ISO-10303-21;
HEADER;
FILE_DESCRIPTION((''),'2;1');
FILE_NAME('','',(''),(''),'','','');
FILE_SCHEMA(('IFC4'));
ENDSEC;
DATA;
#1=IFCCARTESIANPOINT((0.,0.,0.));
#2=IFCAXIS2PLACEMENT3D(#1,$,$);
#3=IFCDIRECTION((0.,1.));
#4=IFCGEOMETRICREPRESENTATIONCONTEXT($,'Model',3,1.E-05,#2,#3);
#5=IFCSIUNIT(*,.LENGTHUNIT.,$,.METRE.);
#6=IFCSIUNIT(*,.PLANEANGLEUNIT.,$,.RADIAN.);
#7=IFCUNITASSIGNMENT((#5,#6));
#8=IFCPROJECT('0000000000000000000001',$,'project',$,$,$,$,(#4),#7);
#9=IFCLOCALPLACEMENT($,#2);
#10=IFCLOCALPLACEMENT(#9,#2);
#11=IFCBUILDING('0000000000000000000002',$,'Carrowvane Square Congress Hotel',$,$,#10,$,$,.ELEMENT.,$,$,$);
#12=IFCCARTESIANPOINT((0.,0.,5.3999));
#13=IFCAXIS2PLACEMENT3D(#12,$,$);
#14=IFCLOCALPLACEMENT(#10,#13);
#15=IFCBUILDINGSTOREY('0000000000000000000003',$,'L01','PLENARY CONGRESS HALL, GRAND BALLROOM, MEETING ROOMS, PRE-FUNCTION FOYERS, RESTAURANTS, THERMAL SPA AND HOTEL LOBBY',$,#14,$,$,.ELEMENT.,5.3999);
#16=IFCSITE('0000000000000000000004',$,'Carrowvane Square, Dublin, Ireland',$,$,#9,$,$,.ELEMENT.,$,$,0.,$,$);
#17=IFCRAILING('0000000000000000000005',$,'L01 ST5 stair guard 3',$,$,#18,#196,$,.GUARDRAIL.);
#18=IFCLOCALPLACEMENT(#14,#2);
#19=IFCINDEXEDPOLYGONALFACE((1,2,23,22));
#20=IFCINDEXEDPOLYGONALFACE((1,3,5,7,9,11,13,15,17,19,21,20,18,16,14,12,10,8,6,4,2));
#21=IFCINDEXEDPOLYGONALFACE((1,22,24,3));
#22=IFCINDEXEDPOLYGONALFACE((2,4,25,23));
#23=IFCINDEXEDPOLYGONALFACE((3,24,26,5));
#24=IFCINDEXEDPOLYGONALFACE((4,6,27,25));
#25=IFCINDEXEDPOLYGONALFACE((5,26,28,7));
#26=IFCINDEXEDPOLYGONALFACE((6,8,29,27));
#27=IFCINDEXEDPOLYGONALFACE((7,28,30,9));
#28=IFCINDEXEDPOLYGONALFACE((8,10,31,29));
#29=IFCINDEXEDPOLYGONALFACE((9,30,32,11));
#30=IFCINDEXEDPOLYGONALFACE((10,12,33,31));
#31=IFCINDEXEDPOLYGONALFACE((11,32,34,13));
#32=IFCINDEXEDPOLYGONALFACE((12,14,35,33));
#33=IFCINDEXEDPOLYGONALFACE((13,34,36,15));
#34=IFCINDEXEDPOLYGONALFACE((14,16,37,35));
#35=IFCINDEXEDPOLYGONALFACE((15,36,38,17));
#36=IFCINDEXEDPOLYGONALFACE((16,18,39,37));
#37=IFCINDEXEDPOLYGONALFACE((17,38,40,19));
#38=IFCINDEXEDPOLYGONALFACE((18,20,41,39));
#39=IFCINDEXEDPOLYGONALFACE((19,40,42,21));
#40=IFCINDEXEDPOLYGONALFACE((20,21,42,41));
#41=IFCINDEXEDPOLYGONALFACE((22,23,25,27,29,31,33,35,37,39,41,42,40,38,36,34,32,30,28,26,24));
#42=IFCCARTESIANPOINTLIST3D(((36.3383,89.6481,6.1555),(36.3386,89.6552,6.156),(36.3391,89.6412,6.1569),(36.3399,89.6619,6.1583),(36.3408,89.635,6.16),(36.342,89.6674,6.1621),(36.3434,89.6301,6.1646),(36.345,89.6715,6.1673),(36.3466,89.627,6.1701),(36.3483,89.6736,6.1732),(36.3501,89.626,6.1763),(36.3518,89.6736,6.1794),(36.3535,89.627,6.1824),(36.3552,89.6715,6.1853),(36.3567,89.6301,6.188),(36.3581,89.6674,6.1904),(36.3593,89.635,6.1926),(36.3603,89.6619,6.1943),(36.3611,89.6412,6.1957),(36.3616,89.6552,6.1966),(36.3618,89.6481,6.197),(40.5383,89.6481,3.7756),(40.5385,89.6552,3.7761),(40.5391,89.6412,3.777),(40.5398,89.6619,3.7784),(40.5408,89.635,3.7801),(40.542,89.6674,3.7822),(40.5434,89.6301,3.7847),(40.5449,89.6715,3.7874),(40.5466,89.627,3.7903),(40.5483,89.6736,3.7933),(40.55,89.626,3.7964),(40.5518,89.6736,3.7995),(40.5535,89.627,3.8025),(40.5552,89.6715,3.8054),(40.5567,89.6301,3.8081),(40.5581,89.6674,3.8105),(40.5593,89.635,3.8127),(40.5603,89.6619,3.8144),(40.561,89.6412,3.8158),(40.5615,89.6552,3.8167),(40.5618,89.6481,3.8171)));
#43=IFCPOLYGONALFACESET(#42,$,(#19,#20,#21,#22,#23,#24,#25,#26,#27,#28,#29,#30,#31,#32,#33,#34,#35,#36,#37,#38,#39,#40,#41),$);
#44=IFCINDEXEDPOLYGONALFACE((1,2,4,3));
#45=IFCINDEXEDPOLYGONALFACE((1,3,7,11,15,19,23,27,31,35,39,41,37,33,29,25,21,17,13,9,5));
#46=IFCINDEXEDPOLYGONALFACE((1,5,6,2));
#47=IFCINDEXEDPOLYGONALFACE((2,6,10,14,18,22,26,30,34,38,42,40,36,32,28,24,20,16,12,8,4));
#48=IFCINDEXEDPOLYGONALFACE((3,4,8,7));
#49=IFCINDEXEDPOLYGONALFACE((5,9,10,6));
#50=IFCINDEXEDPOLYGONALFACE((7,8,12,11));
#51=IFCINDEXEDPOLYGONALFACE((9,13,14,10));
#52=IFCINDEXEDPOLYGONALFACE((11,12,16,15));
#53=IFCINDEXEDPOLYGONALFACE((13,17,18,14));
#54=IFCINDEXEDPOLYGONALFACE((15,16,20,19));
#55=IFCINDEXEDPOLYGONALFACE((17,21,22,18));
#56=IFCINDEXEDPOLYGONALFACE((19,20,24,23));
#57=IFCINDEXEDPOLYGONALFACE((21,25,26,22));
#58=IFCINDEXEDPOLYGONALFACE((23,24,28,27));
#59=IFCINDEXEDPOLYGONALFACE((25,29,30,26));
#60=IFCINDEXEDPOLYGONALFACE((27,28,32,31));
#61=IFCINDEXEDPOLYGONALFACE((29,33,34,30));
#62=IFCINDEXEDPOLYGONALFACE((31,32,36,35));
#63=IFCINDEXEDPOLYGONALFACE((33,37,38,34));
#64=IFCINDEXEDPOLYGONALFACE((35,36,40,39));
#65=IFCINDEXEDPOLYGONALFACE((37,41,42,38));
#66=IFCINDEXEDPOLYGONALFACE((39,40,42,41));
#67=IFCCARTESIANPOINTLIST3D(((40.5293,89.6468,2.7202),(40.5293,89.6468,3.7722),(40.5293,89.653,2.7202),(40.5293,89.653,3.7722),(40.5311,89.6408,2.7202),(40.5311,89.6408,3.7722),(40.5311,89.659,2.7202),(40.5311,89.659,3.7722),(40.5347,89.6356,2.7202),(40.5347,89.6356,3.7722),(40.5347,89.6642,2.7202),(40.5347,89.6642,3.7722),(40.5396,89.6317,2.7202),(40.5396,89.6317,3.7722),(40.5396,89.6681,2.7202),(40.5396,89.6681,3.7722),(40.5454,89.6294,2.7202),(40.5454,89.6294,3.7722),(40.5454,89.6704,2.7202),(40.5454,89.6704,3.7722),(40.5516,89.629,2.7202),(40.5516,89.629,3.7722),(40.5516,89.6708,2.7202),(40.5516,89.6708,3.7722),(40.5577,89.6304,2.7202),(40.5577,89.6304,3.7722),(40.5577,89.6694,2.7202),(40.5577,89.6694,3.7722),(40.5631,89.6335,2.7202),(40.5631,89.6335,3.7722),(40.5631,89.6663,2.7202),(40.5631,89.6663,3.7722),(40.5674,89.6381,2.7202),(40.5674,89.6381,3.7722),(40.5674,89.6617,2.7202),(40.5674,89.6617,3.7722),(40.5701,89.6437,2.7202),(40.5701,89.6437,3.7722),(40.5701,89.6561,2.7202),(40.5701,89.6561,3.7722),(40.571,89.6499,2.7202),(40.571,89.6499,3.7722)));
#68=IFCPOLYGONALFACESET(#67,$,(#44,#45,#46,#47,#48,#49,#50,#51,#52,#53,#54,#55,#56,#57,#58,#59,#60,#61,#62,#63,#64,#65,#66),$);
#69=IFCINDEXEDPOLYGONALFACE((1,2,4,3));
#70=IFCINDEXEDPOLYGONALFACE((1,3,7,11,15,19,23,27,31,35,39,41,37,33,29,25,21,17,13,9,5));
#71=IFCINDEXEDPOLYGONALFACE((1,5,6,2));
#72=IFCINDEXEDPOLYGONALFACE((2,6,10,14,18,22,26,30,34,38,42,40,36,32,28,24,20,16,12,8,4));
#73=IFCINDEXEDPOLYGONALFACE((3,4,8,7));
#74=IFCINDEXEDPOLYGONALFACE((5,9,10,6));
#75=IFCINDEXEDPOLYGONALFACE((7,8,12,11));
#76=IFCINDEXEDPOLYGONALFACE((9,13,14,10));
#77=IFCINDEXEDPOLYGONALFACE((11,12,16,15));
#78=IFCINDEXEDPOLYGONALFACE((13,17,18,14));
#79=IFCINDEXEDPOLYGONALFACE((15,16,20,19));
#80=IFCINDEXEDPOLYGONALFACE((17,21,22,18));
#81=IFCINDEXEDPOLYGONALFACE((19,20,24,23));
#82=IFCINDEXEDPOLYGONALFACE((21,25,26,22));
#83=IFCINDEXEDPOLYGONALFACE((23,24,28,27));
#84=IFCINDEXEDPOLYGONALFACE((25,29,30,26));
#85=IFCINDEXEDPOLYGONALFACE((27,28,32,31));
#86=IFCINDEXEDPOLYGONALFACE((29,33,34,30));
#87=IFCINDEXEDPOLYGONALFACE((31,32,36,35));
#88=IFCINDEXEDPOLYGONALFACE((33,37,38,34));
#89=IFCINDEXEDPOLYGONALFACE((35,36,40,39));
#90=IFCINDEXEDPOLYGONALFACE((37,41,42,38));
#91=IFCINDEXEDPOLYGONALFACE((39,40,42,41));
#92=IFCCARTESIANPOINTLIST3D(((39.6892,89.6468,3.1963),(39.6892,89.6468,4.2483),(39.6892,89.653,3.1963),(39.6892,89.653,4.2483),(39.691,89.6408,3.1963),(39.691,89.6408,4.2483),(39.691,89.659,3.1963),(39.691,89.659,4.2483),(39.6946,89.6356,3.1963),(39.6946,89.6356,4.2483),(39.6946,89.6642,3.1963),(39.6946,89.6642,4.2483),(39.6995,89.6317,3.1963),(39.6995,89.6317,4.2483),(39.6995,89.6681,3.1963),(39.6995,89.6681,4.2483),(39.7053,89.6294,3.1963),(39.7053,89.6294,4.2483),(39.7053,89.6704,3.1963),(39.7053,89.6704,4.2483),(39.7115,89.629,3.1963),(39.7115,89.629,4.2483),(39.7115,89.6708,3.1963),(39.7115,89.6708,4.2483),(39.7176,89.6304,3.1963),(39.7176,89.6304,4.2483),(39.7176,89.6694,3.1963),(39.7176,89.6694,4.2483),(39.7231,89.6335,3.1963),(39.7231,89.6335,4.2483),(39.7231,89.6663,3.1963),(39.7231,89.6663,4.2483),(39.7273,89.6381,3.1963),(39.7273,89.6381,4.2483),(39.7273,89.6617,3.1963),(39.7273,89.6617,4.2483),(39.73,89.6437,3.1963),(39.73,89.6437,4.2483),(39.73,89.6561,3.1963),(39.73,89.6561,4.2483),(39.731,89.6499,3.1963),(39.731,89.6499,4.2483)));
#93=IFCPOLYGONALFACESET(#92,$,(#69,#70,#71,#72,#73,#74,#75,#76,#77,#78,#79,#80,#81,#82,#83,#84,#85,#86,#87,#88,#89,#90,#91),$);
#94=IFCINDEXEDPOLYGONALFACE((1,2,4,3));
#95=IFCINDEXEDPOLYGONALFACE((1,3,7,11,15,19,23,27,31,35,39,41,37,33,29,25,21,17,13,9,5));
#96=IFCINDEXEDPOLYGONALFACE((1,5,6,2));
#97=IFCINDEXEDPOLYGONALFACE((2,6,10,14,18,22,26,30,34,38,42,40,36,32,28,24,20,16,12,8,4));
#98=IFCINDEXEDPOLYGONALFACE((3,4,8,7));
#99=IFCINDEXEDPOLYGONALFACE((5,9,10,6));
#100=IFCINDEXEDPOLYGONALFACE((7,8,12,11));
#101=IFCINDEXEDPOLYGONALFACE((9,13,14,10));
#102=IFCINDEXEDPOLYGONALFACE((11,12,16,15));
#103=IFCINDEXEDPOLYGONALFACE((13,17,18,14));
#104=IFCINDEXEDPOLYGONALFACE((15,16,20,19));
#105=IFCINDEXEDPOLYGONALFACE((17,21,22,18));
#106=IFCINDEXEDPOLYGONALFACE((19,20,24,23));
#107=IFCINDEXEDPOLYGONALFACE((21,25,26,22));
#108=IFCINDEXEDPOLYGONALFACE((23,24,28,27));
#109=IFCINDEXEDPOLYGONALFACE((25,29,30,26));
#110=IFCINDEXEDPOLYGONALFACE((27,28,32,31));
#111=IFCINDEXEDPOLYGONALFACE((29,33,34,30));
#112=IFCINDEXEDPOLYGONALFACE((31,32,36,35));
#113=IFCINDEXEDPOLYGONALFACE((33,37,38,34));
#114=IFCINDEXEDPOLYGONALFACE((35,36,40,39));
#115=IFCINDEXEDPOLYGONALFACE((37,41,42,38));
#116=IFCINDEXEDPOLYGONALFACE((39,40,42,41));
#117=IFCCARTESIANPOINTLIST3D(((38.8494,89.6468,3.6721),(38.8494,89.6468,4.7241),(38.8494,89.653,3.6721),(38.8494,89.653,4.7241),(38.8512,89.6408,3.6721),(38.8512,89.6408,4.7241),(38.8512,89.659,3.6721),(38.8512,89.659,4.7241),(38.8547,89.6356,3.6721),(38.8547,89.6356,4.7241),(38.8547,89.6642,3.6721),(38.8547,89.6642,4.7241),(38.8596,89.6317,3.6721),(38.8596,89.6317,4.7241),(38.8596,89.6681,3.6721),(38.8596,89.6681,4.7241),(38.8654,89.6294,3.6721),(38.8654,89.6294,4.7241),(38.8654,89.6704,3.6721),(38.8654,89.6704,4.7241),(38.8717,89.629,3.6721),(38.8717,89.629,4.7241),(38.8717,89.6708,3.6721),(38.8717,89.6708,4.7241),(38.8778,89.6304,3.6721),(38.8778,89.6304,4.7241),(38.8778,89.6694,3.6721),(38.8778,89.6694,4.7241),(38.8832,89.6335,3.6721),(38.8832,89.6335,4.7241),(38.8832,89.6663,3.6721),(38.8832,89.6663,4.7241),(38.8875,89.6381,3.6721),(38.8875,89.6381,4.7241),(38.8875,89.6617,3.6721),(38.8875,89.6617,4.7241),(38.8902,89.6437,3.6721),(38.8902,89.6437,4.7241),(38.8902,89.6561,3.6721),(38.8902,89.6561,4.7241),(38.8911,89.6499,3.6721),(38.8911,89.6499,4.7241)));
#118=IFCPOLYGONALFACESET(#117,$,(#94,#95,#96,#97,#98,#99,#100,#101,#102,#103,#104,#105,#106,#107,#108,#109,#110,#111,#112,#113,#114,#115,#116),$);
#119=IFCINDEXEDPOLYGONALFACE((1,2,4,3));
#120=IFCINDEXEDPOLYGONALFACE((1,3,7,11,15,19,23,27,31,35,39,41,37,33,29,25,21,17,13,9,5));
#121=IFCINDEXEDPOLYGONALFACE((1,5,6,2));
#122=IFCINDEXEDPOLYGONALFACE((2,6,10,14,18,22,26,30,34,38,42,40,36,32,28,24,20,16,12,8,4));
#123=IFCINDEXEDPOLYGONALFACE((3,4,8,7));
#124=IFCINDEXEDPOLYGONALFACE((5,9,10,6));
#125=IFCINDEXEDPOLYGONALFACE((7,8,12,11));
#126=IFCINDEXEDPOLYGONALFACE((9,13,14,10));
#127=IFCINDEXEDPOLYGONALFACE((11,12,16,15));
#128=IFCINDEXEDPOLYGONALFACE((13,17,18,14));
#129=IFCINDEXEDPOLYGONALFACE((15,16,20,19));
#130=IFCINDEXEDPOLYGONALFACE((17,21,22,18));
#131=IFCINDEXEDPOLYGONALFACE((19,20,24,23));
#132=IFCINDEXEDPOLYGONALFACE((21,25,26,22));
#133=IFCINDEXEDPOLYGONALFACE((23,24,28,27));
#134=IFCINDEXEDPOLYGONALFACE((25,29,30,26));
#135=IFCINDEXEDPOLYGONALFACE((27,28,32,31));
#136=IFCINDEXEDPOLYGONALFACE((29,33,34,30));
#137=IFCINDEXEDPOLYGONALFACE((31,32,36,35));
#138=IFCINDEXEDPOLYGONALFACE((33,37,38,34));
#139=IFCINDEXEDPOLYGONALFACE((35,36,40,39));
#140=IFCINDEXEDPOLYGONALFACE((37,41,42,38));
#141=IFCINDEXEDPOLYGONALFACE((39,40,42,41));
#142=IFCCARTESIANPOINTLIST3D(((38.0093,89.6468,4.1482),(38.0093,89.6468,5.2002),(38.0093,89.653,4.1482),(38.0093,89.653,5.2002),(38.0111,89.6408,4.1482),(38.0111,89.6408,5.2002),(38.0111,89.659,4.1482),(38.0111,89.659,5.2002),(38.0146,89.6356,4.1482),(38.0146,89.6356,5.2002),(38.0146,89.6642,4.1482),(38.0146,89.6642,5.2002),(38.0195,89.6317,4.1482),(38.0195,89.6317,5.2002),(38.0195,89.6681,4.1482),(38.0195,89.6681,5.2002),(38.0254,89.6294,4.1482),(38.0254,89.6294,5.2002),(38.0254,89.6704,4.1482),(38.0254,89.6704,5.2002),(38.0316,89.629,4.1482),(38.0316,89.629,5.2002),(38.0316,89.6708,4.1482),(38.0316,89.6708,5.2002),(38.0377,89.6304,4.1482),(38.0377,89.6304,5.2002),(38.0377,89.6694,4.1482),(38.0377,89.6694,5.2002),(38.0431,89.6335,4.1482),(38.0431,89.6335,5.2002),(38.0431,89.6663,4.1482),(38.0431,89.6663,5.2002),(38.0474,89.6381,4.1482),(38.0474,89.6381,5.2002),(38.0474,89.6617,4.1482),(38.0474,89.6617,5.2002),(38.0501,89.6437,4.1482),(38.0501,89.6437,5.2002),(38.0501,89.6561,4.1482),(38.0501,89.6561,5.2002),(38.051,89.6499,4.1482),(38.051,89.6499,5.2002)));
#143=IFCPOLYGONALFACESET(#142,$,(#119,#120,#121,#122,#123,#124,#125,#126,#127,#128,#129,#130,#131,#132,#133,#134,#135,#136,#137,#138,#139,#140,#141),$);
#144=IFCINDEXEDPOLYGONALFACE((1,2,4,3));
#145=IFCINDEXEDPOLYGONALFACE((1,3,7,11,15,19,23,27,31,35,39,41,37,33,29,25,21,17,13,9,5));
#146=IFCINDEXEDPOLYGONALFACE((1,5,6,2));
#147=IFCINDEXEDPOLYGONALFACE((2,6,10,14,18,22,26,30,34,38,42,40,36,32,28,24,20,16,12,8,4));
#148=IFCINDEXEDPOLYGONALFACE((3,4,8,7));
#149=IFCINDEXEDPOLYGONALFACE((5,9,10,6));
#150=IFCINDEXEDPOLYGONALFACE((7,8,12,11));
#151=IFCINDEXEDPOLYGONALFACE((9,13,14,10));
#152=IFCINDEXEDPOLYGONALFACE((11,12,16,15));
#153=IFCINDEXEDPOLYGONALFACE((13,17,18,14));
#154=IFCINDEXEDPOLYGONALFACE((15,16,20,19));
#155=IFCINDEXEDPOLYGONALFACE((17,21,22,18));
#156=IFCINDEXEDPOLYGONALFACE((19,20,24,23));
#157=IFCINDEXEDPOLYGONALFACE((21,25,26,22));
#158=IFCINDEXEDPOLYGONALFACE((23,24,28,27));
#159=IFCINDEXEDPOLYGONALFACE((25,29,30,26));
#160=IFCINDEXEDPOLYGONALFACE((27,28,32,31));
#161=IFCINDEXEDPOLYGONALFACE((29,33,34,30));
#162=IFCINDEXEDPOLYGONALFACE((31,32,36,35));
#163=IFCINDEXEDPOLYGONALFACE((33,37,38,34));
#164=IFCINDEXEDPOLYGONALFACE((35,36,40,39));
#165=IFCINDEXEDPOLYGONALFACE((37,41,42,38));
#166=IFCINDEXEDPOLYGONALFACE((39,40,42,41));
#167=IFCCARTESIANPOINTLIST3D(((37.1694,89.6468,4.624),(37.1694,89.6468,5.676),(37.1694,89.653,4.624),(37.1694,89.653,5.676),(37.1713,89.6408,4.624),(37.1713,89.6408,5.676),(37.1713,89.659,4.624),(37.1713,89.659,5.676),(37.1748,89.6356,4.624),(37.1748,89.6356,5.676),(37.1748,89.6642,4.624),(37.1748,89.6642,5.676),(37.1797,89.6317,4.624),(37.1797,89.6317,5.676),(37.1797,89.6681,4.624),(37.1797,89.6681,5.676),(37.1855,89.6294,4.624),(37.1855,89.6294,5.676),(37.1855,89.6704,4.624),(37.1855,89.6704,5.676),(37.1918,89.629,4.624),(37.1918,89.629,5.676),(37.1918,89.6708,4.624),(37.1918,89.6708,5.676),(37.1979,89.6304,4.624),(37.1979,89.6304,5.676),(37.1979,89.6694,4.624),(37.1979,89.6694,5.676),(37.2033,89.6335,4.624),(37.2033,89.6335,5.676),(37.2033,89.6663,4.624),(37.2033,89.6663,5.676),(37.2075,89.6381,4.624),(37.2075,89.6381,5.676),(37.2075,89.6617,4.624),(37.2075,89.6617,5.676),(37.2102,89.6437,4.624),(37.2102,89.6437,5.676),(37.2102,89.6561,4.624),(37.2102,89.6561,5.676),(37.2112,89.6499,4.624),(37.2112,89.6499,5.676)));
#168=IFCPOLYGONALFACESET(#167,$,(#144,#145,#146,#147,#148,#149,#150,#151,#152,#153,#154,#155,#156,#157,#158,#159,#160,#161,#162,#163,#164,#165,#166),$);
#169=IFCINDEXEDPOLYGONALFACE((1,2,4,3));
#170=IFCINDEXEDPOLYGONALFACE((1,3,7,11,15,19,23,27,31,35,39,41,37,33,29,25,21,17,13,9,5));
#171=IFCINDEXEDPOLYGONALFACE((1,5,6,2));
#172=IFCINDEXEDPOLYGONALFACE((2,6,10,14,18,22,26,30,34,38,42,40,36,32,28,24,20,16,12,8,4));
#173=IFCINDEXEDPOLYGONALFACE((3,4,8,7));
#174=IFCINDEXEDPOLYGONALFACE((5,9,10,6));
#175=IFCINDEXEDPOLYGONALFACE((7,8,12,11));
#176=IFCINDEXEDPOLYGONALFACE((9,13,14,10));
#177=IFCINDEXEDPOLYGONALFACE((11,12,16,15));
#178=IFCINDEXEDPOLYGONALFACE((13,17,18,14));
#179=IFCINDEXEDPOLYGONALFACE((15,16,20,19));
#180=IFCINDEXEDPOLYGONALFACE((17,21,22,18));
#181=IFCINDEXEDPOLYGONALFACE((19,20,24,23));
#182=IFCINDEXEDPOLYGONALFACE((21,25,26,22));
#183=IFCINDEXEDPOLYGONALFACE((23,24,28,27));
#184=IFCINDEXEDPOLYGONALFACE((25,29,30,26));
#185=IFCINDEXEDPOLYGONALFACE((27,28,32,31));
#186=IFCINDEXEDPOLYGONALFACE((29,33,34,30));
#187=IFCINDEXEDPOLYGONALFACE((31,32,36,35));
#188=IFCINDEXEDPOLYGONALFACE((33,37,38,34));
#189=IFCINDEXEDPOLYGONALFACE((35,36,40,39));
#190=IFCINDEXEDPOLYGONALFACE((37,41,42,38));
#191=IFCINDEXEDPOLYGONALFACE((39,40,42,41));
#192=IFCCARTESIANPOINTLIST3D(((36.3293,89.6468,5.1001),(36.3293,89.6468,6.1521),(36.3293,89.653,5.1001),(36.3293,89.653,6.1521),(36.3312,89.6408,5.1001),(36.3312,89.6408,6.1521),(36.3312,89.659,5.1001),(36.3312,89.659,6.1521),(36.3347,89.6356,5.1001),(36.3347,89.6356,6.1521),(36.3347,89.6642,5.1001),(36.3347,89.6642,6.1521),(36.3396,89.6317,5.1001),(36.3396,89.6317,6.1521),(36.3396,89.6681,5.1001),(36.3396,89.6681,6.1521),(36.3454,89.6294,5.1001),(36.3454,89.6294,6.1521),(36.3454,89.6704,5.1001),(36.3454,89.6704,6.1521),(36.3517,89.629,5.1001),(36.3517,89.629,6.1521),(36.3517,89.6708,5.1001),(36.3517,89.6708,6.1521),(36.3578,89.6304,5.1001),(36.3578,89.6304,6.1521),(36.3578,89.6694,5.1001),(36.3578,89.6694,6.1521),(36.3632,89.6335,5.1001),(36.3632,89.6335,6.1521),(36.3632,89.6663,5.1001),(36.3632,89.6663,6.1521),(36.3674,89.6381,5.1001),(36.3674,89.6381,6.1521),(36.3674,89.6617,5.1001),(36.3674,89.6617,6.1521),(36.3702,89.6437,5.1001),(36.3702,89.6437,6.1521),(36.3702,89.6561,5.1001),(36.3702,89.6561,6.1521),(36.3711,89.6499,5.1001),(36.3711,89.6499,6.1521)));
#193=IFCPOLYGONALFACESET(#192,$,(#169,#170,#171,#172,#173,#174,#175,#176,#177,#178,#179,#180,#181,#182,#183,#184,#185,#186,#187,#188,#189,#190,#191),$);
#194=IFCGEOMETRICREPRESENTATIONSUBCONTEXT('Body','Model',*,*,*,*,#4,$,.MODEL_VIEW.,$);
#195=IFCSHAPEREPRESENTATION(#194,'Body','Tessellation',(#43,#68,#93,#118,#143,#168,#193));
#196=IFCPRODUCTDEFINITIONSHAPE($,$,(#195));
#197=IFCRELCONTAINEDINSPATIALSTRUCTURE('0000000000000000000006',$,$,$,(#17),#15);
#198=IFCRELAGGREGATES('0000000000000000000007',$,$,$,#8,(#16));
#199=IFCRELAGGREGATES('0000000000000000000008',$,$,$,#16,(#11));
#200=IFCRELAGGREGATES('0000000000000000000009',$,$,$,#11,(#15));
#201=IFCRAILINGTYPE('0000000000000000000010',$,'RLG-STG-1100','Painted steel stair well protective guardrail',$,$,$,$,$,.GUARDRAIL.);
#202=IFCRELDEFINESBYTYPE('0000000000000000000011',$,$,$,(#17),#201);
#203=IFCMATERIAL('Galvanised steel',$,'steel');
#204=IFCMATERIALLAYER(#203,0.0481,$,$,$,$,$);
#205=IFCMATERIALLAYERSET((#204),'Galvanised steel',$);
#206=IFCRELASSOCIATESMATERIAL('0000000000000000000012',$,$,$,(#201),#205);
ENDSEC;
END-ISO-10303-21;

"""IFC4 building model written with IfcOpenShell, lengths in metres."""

from ifc_helpers import new_model, si_unit, direction, frame, origin, origin_2d, place, context, subcontext, project, spatial, circle, extrude, material, layer, layer_set, type_object, element, save


model = new_model("IFC4")

# Units and contexts
model_context = context("Model", 3, precision=1e-05, world=origin(), true_north=direction((0.0, 1.0)))
body_context = subcontext(model_context, "Body", "Model", "MODEL_VIEW")
ifc_project = project(units=[si_unit("LENGTHUNIT", "METRE"), si_unit("PLANEANGLEUNIT", "RADIAN")], contexts=[model_context])

# Site, building, storey
site_placement = place(None, origin())
site = spatial("IfcSite", under=ifc_project, at=site_placement, Name="Carrowvane Square, Dublin, Ireland", CompositionType="ELEMENT", RefElevation=0.0)
building_placement = place(site_placement, origin())
building = spatial("IfcBuilding", under=site, at=building_placement, Name="Carrowvane Square Congress Hotel", CompositionType="ELEMENT")
storey_placement = place(building_placement, frame((0.0, 0.0, 5.3999)))
storey = spatial("IfcBuildingStorey", under=building, at=storey_placement, Name="L01", Description="PLENARY CONGRESS HALL, GRAND BALLROOM, MEETING ROOMS, PRE-FUNCTION FOYERS, RESTAURANTS, THERMAL SPA AND HOTEL LOBBY", CompositionType="ELEMENT", Elevation=5.3999)

# Railing
ifc_material_1 = material(Name="Galvanised steel", Category="steel")
ifc_layer_1 = layer(ifc_material_1, 0.0481)
ifc_layer_set_1 = layer_set([ifc_layer_1], Name="Galvanised steel")
railing_type_1 = type_object("IfcRailingType", Name="RLG-STG-1100", Description="Painted steel stair well protective guardrail", PredefinedType="GUARDRAIL", material=ifc_layer_set_1)
railing_1_placement = place(storey_placement, frame((40.55, 89.6499, 2.7202)))
element("IfcRailing", 1, at=railing_1_placement, inside=storey, type_object=railing_type_1, Name="L01 ST5 stair guard 3", PredefinedType="GUARDRAIL", context=body_context, shape_type="SweptSolid", body=[
    extrude(circle(Radius=0.0239, at=origin_2d()), frame((0.0, 0.0, 1.0762), z_axis=(-0.87003, 0.0, 0.492999), x_axis=(0.0, -1.0, 0.0)), (0.0, 0.0, 1.0), 4.8274),
    extrude(circle(Radius=0.021, at=origin_2d()), origin(), (0.0, 0.0, 1.0), 1.052),
    extrude(circle(Radius=0.021, at=origin_2d()), frame((-0.8401, 0.0, 0.4761)), (0.0, 0.0, 1.0), 1.052),
    extrude(circle(Radius=0.021, at=origin_2d()), frame((-1.6799, 0.0, 0.9519)), (0.0, 0.0, 1.0), 1.052),
    extrude(circle(Radius=0.021, at=origin_2d()), frame((-2.52, 0.0, 1.428)), (0.0, 0.0, 1.0), 1.052),
    extrude(circle(Radius=0.021, at=origin_2d()), frame((-3.3599, 0.0, 1.9038)), (0.0, 0.0, 1.0), 1.052),
    extrude(circle(Radius=0.021, at=origin_2d()), frame((-4.2, 0.0, 2.3799)), (0.0, 0.0, 1.0), 1.052),
])

save(model, "model.ifc")
